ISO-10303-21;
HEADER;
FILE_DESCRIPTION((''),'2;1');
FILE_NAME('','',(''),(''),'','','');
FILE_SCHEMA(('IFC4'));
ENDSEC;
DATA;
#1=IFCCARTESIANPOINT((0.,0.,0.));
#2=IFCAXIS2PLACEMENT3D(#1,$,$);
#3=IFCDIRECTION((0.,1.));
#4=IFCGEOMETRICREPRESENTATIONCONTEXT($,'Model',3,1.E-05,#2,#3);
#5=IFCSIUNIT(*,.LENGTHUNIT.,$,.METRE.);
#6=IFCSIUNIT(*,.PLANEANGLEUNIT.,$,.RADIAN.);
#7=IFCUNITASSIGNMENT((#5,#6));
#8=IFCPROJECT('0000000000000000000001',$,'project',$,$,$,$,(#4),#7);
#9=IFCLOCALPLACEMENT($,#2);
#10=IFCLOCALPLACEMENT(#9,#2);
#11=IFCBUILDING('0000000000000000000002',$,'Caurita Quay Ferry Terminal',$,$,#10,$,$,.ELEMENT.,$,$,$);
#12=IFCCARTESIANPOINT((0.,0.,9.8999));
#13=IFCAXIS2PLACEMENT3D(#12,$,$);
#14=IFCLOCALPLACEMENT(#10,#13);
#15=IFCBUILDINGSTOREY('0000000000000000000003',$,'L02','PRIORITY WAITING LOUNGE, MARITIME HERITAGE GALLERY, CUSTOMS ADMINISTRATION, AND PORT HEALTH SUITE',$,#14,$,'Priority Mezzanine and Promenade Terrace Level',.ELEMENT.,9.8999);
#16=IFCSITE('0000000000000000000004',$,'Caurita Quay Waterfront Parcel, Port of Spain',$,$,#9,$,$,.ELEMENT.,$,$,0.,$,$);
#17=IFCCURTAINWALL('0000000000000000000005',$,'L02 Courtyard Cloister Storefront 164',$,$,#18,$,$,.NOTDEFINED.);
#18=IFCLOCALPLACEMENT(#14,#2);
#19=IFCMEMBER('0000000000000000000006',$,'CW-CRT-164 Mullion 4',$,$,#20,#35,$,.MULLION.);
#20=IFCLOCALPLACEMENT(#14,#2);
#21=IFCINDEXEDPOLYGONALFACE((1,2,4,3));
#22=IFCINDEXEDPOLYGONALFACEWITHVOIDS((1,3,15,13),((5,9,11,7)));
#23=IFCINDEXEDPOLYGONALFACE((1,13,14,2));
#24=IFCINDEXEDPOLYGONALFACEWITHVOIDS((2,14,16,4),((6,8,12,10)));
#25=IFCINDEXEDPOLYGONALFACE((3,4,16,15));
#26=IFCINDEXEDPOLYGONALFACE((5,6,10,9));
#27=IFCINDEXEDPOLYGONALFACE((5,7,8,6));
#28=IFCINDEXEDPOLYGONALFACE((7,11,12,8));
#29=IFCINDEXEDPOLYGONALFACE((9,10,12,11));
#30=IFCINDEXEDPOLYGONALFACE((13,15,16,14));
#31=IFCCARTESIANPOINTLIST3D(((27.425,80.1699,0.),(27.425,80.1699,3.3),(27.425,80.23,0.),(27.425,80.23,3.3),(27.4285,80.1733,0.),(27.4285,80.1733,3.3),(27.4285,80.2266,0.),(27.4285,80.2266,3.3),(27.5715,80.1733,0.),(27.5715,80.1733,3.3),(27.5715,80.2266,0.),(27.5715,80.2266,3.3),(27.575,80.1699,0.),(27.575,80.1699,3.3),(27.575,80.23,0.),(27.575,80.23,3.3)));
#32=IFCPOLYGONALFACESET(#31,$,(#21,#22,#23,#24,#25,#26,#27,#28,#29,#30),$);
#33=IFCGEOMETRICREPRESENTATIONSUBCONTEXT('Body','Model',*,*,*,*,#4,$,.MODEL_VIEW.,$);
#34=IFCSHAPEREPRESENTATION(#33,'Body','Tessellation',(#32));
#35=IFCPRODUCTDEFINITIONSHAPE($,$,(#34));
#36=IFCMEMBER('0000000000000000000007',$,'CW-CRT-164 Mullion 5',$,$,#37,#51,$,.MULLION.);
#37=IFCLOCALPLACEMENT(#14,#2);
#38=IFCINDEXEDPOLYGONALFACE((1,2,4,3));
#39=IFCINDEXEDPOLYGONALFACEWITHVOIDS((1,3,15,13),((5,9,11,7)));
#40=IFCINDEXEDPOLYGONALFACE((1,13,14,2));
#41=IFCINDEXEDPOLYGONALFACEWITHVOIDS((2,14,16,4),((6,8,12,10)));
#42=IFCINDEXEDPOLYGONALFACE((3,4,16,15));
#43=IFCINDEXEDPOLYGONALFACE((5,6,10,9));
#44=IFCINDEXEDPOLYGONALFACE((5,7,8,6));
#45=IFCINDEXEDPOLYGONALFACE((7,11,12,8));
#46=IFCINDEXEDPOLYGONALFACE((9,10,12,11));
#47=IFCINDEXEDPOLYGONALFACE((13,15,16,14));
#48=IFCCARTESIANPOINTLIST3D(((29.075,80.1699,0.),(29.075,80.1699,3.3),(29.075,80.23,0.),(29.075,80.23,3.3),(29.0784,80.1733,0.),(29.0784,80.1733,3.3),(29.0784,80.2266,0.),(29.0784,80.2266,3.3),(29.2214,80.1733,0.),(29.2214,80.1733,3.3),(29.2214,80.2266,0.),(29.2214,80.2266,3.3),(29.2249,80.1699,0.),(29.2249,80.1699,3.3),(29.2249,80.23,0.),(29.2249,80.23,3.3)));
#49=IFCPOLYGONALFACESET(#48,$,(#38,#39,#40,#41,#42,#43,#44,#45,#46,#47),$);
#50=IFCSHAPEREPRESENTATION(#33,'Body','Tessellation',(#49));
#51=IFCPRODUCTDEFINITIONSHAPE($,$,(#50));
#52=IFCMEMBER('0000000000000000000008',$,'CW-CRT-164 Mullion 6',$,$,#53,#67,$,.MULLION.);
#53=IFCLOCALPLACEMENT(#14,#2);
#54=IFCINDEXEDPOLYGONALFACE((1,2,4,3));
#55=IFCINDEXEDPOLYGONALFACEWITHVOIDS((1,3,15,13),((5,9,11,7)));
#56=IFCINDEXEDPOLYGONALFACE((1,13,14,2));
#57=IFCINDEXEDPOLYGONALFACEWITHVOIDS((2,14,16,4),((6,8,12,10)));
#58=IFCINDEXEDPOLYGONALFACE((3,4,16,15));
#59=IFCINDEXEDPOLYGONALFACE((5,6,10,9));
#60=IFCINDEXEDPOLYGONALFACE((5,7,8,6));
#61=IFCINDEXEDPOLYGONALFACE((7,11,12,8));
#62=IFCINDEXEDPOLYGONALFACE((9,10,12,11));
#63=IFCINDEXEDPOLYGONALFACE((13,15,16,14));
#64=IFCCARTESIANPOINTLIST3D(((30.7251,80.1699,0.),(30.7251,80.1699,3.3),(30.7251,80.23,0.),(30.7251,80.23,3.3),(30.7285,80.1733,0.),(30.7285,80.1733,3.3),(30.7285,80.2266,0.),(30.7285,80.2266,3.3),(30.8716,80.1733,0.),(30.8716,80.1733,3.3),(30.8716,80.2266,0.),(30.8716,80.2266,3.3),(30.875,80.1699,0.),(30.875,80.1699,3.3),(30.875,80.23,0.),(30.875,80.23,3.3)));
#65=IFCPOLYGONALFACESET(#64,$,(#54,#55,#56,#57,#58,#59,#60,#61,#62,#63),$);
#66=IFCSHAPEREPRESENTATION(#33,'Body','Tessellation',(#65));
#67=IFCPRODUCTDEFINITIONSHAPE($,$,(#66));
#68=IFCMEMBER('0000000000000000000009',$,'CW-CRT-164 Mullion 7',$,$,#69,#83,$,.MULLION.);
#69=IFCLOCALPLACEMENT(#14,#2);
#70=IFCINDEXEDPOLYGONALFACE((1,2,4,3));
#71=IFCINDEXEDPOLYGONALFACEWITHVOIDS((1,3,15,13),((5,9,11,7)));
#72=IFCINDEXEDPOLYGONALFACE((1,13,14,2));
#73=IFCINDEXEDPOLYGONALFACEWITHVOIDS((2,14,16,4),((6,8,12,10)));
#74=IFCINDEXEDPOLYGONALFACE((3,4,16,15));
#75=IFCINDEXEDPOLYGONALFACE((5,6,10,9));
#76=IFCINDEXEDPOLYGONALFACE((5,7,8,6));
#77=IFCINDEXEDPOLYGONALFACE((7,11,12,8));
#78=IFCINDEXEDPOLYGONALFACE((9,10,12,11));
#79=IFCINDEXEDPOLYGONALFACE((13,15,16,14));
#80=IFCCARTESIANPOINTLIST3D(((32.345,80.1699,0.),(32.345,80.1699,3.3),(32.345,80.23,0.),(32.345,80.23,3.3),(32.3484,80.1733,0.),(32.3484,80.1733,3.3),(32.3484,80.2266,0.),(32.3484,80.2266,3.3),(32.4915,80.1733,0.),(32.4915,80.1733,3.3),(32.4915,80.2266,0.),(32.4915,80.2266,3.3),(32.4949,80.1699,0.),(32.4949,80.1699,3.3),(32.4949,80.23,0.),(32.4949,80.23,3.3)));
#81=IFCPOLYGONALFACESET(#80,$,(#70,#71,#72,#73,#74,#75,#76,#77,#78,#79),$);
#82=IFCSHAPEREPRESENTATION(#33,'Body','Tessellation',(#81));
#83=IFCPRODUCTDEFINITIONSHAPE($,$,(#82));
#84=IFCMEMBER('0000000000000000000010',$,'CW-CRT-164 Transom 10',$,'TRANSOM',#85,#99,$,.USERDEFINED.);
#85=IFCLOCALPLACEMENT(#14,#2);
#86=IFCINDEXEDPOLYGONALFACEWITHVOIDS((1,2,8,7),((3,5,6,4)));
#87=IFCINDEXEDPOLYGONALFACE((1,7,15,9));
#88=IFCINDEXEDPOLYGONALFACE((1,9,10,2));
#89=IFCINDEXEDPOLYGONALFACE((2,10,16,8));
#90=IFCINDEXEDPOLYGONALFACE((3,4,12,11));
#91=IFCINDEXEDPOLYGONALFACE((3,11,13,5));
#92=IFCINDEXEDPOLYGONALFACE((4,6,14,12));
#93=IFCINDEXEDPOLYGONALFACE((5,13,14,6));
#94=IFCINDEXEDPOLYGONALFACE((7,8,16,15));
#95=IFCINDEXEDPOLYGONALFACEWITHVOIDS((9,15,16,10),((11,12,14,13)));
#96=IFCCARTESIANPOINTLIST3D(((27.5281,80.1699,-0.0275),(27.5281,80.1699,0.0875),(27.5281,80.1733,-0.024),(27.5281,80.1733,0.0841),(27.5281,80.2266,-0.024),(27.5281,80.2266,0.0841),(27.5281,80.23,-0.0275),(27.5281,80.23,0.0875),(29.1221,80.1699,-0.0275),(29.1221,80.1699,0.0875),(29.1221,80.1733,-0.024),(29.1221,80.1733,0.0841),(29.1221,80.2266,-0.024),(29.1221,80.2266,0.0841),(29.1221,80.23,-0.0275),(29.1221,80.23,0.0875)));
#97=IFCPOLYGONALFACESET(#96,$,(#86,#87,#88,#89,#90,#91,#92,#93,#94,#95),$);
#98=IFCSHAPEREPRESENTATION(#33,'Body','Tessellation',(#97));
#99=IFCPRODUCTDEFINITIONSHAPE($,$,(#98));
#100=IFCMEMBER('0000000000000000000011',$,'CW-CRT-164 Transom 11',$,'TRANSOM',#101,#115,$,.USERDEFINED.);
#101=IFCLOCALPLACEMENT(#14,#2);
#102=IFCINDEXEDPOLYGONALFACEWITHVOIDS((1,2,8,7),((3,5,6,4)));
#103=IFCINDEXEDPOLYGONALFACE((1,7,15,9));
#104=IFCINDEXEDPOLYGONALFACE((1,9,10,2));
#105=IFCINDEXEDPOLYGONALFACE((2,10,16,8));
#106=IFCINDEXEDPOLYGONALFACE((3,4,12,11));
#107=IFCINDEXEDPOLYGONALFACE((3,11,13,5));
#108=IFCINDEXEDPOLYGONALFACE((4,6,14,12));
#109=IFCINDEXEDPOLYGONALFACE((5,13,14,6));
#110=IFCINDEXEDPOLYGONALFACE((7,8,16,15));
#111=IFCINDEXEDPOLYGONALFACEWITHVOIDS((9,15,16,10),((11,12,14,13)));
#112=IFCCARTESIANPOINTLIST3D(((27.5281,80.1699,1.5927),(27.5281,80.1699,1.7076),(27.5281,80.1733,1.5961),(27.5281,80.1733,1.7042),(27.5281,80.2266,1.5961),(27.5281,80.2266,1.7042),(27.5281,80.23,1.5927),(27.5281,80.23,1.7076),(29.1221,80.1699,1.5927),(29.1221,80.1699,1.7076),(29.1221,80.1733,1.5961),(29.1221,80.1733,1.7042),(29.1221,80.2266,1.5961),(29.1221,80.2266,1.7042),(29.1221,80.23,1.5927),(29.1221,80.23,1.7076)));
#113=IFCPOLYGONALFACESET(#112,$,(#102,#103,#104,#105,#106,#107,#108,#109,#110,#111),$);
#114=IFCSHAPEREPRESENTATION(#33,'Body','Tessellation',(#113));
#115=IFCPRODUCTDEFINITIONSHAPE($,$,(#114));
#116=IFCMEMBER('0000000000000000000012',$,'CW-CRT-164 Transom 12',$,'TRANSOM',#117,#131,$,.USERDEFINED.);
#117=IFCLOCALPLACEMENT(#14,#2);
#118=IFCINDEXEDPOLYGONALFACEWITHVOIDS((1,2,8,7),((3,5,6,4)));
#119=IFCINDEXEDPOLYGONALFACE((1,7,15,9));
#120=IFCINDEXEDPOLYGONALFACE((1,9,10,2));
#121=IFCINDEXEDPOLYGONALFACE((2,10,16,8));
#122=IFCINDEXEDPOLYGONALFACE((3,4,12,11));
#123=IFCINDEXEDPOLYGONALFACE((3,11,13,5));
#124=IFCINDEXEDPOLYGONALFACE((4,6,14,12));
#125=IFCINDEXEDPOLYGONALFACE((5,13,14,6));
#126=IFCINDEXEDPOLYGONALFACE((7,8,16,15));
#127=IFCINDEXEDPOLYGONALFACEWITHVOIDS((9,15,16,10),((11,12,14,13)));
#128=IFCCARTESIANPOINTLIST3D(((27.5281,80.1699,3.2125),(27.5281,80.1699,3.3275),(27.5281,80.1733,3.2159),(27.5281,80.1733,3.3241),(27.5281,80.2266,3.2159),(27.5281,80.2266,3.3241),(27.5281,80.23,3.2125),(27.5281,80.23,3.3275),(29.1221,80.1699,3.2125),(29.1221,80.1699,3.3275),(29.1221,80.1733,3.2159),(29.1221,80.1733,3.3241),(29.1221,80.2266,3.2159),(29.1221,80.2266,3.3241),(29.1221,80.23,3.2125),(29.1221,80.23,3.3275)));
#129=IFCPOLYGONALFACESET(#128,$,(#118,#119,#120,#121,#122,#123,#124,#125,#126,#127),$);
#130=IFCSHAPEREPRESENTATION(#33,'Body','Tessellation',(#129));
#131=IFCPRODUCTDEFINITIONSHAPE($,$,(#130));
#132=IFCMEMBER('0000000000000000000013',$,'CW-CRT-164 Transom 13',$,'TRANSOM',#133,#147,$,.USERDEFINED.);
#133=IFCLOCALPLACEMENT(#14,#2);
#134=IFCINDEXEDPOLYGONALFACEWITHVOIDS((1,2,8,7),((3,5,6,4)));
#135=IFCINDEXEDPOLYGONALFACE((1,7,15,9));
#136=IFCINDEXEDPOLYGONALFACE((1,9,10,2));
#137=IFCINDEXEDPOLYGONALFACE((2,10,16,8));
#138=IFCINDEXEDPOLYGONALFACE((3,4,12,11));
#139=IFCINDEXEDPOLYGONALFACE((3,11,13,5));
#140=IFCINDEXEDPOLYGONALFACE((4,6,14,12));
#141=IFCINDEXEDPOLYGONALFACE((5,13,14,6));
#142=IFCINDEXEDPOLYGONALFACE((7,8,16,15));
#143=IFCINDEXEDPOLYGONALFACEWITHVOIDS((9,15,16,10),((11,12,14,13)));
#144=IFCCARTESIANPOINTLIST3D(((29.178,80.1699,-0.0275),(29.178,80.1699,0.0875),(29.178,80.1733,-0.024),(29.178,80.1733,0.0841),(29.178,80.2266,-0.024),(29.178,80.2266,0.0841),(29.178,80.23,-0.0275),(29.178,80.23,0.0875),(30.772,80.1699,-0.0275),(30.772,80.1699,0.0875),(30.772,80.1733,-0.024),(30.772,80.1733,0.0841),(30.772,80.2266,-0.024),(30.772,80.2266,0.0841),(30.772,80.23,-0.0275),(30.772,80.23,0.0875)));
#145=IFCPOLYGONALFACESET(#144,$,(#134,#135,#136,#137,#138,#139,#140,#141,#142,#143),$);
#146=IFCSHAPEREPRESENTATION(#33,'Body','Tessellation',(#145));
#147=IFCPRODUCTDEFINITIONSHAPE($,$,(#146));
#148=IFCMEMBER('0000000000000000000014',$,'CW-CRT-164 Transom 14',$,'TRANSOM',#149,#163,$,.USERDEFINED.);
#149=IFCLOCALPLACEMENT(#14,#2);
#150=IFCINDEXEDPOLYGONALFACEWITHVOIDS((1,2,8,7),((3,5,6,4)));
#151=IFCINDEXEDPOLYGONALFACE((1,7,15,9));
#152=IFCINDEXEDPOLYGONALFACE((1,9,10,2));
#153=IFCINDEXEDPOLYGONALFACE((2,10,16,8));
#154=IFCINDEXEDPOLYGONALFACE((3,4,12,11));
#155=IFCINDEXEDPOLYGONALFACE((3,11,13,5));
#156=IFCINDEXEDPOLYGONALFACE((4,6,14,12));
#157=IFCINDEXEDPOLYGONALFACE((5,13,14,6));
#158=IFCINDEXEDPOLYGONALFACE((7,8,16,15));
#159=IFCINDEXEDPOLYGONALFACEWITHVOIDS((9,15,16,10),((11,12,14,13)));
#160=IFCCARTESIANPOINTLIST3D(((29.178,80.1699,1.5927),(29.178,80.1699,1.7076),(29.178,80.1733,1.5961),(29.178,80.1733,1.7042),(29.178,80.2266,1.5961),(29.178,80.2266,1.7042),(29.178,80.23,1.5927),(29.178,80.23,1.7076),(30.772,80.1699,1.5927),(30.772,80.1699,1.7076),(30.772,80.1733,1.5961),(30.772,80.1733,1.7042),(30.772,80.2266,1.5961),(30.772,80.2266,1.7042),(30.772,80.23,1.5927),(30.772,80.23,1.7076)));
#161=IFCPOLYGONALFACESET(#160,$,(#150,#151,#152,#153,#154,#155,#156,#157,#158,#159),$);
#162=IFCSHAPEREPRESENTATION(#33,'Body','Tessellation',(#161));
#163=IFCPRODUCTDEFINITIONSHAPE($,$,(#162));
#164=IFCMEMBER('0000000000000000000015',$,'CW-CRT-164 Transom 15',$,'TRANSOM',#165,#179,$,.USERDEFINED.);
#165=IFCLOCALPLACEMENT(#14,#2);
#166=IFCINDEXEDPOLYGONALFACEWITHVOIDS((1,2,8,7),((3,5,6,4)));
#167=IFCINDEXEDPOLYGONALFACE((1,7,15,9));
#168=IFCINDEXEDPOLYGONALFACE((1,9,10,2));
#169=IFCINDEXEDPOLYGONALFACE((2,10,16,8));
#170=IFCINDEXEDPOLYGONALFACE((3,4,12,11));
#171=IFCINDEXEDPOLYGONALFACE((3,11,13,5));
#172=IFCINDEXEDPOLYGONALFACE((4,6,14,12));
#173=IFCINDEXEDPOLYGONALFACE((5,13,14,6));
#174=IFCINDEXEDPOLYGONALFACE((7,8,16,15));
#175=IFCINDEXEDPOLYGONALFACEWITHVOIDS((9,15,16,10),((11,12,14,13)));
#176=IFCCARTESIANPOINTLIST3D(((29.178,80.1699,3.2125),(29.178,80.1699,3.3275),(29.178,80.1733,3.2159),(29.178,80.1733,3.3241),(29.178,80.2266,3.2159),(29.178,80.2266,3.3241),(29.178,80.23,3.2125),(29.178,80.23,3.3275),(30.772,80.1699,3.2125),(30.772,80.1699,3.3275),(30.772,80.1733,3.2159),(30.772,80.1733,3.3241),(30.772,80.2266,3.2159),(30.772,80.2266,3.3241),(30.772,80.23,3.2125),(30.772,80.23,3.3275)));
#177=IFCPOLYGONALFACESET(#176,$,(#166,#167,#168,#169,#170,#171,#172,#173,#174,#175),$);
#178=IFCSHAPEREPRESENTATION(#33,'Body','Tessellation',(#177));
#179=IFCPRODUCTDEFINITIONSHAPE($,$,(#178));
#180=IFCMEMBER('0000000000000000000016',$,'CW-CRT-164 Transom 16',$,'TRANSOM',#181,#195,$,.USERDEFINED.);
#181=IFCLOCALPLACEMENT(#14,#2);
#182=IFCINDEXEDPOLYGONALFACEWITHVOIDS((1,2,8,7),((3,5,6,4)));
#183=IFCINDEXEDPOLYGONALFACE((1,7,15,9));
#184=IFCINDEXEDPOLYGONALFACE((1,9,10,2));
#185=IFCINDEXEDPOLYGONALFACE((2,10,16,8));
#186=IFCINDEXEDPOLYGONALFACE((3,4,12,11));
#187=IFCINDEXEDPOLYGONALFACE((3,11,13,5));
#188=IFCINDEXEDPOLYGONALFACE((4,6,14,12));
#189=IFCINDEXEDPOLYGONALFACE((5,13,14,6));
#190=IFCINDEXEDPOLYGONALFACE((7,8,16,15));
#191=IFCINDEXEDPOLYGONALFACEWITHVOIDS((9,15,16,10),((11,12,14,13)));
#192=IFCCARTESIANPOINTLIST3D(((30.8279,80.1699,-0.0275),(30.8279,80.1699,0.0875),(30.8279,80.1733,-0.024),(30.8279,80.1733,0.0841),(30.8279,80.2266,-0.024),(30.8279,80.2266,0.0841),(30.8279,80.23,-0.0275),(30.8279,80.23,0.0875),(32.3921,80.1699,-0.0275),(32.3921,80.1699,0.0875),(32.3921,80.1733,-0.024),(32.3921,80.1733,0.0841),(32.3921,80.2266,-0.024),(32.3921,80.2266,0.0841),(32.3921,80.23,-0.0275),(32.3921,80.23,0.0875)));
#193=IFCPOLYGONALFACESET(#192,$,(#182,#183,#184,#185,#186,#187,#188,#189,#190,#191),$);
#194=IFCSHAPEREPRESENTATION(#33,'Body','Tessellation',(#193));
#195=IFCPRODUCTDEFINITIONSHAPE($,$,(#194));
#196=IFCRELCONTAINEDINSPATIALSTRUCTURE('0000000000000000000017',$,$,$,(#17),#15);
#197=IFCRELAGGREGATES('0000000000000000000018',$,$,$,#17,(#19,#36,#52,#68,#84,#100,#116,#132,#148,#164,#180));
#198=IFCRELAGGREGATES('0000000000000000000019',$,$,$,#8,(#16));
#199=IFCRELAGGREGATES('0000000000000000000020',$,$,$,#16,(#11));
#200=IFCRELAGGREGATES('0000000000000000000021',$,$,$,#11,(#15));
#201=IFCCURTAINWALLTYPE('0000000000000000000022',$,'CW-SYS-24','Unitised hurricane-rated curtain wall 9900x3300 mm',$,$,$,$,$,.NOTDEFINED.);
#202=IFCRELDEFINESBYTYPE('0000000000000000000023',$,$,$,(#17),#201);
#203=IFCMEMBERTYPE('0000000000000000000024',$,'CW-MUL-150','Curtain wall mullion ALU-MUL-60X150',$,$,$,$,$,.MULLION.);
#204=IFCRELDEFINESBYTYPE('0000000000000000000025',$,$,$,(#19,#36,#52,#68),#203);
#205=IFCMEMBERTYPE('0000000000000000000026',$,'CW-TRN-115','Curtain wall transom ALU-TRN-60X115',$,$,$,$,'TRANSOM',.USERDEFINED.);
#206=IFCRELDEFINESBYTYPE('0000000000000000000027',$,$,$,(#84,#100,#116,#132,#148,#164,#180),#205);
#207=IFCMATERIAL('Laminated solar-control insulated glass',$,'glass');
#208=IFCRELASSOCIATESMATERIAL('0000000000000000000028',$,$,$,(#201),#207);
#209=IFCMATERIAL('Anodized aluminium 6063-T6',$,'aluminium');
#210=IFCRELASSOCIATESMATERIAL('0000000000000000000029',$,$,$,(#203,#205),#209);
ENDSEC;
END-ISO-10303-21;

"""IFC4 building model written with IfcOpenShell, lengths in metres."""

from ifc_helpers import new_model, si_unit, direction, frame, origin, origin_2d, place, context, subcontext, project, spatial, hollow_rectangle, extrude, material, material_profile, profile_set, type_object, element, aggregate, save


model = new_model("IFC4")

# Units and contexts
model_context = context("Model", 3, precision=1e-05, world=origin(), true_north=direction((0.0, 1.0)))
body_context = subcontext(model_context, "Body", "Model", "MODEL_VIEW")
ifc_project = project(units=[si_unit("LENGTHUNIT", "METRE"), si_unit("PLANEANGLEUNIT", "RADIAN")], contexts=[model_context])

# Site, building, storey
site_placement = place(None, origin())
site = spatial("IfcSite", under=ifc_project, at=site_placement, Name="Caurita Quay Waterfront Parcel, Port of Spain", CompositionType="ELEMENT", RefElevation=0.0)
building_placement = place(site_placement, origin())
building = spatial("IfcBuilding", under=site, at=building_placement, Name="Caurita Quay Ferry Terminal", CompositionType="ELEMENT")
storey_placement = place(building_placement, frame((0.0, 0.0, 9.8999)))
storey = spatial("IfcBuildingStorey", under=building, at=storey_placement, Name="L02", Description="PRIORITY WAITING LOUNGE, MARITIME HERITAGE GALLERY, CUSTOMS ADMINISTRATION, AND PORT HEALTH SUITE", LongName="Priority Mezzanine and Promenade Terrace Level", CompositionType="ELEMENT", Elevation=9.8999)

# Curtain wall, members
ifc_material_1 = material(Name="Laminated solar-control insulated glass", Category="glass")
curtain_wall_type = type_object("IfcCurtainWallType", Name="CW-SYS-24", Description="Unitised hurricane-rated curtain wall 9900x3300 mm", PredefinedType="NOTDEFINED", material=ifc_material_1)
curtain_wall_placement = place(storey_placement, origin())
curtain_wall = element("IfcCurtainWall", 1, at=curtain_wall_placement, inside=storey, type_object=curtain_wall_type, Name="L02 Courtyard Cloister Storefront 164", PredefinedType="NOTDEFINED")
ifc_material_2 = material(Name="Anodized aluminium 6063-T6", Category="aluminium")
ifc_material_profile_1 = material_profile(ifc_material_2, hollow_rectangle(XDim=0.0601, YDim=0.1499, WallThickness=0.0034, at=origin_2d()), Name="ALU-MUL-60X150")
ifc_profile_set_1 = profile_set([ifc_material_profile_1], Name="Anodized aluminium 6063-T6")
member_type_1 = type_object("IfcMemberType", Name="CW-MUL-150", Description="Curtain wall mullion ALU-MUL-60X150", PredefinedType="MULLION", material=ifc_profile_set_1)
member_1_placement = place(storey_placement, frame((27.5, 80.2, 0.0), z_axis=(0.0, 0.0, 1.0), x_axis=(0.0, 1.0, 0.0)))
member_1 = element("IfcMember", 2, at=member_1_placement, type_object=member_type_1, Name="CW-CRT-164 Mullion 4", PredefinedType="MULLION", context=body_context, shape_type="SweptSolid", body=[
    extrude(hollow_rectangle(XDim=0.0601, YDim=0.1499, WallThickness=0.0034, at=origin_2d()), origin(), (0.0, 0.0, 1.0), 3.3),
])
member_2_placement = place(storey_placement, frame((29.1499, 80.2, 0.0), z_axis=(0.0, 0.0, 1.0), x_axis=(0.0, 1.0, 0.0)))
member_2 = element("IfcMember", 3, at=member_2_placement, type_object=member_type_1, Name="CW-CRT-164 Mullion 5", PredefinedType="MULLION", context=body_context, shape_type="SweptSolid", body=[
    extrude(hollow_rectangle(XDim=0.0601, YDim=0.1499, WallThickness=0.0034, at=origin_2d()), origin(), (0.0, 0.0, 1.0), 3.3),
])
member_3_placement = place(storey_placement, frame((30.8, 80.2, 0.0), z_axis=(0.0, 0.0, 1.0), x_axis=(0.0, 1.0, 0.0)))
member_3 = element("IfcMember", 4, at=member_3_placement, type_object=member_type_1, Name="CW-CRT-164 Mullion 6", PredefinedType="MULLION", context=body_context, shape_type="SweptSolid", body=[
    extrude(hollow_rectangle(XDim=0.0601, YDim=0.1499, WallThickness=0.0034, at=origin_2d()), origin(), (0.0, 0.0, 1.0), 3.3),
])
member_4_placement = place(storey_placement, frame((32.4199, 80.2, 0.0), z_axis=(0.0, 0.0, 1.0), x_axis=(0.0, 1.0, 0.0)))
member_4 = element("IfcMember", 5, at=member_4_placement, type_object=member_type_1, Name="CW-CRT-164 Mullion 7", PredefinedType="MULLION", context=body_context, shape_type="SweptSolid", body=[
    extrude(hollow_rectangle(XDim=0.0601, YDim=0.1499, WallThickness=0.0034, at=origin_2d()), origin(), (0.0, 0.0, 1.0), 3.3),
])
ifc_material_profile_2 = material_profile(ifc_material_2, hollow_rectangle(XDim=0.0601, YDim=0.115, WallThickness=0.0034, at=origin_2d()), Name="ALU-TRN-60X115")
ifc_profile_set_2 = profile_set([ifc_material_profile_2], Name="Anodized aluminium 6063-T6")
member_type_2 = type_object("IfcMemberType", Name="CW-TRN-115", Description="Curtain wall transom ALU-TRN-60X115", ElementType="TRANSOM", PredefinedType="USERDEFINED", material=ifc_profile_set_2)
member_5_placement = place(storey_placement, frame((27.5281, 80.2, 0.03), z_axis=(1.0, 0.0, 0.0), x_axis=(0.0, 1.0, 0.0)))
member_5 = element("IfcMember", 6, at=member_5_placement, type_object=member_type_2, Name="CW-CRT-164 Transom 10", ObjectType="TRANSOM", PredefinedType="USERDEFINED", context=body_context, shape_type="SweptSolid", body=[
    extrude(hollow_rectangle(XDim=0.0601, YDim=0.115, WallThickness=0.0034, at=origin_2d()), origin(), (0.0, 0.0, 1.0), 1.594),
])
member_6_placement = place(storey_placement, frame((27.5281, 80.2, 1.6501), z_axis=(1.0, 0.0, 0.0), x_axis=(0.0, 1.0, 0.0)))
member_6 = element("IfcMember", 7, at=member_6_placement, type_object=member_type_2, Name="CW-CRT-164 Transom 11", ObjectType="TRANSOM", PredefinedType="USERDEFINED", context=body_context, shape_type="SweptSolid", body=[
    extrude(hollow_rectangle(XDim=0.0601, YDim=0.115, WallThickness=0.0034, at=origin_2d()), origin(), (0.0, 0.0, 1.0), 1.594),
])
member_7_placement = place(storey_placement, frame((27.5281, 80.2, 3.27), z_axis=(1.0, 0.0, 0.0), x_axis=(0.0, 1.0, 0.0)))
member_7 = element("IfcMember", 8, at=member_7_placement, type_object=member_type_2, Name="CW-CRT-164 Transom 12", ObjectType="TRANSOM", PredefinedType="USERDEFINED", context=body_context, shape_type="SweptSolid", body=[
    extrude(hollow_rectangle(XDim=0.0601, YDim=0.115, WallThickness=0.0034, at=origin_2d()), origin(), (0.0, 0.0, 1.0), 1.594),
])
member_8_placement = place(storey_placement, frame((29.178, 80.2, 0.03), z_axis=(1.0, 0.0, 0.0), x_axis=(0.0, 1.0, 0.0)))
member_8 = element("IfcMember", 9, at=member_8_placement, type_object=member_type_2, Name="CW-CRT-164 Transom 13", ObjectType="TRANSOM", PredefinedType="USERDEFINED", context=body_context, shape_type="SweptSolid", body=[
    extrude(hollow_rectangle(XDim=0.0601, YDim=0.115, WallThickness=0.0034, at=origin_2d()), origin(), (0.0, 0.0, 1.0), 1.594),
])
member_9_placement = place(storey_placement, frame((29.178, 80.2, 1.6501), z_axis=(1.0, 0.0, 0.0), x_axis=(0.0, 1.0, 0.0)))
member_9 = element("IfcMember", 10, at=member_9_placement, type_object=member_type_2, Name="CW-CRT-164 Transom 14", ObjectType="TRANSOM", PredefinedType="USERDEFINED", context=body_context, shape_type="SweptSolid", body=[
    extrude(hollow_rectangle(XDim=0.0601, YDim=0.115, WallThickness=0.0034, at=origin_2d()), origin(), (0.0, 0.0, 1.0), 1.594),
])
member_10_placement = place(storey_placement, frame((29.178, 80.2, 3.27), z_axis=(1.0, 0.0, 0.0), x_axis=(0.0, 1.0, 0.0)))
member_10 = element("IfcMember", 11, at=member_10_placement, type_object=member_type_2, Name="CW-CRT-164 Transom 15", ObjectType="TRANSOM", PredefinedType="USERDEFINED", context=body_context, shape_type="SweptSolid", body=[
    extrude(hollow_rectangle(XDim=0.0601, YDim=0.115, WallThickness=0.0034, at=origin_2d()), origin(), (0.0, 0.0, 1.0), 1.594),
])
member_11_placement = place(storey_placement, frame((30.8279, 80.2, 0.03), z_axis=(1.0, 0.0, 0.0), x_axis=(0.0, 1.0, 0.0)))
member_11 = element("IfcMember", 12, at=member_11_placement, type_object=member_type_2, Name="CW-CRT-164 Transom 16", ObjectType="TRANSOM", PredefinedType="USERDEFINED", context=body_context, shape_type="SweptSolid", body=[
    extrude(hollow_rectangle(XDim=0.0601, YDim=0.115, WallThickness=0.0034, at=origin_2d()), origin(), (0.0, 0.0, 1.0), 1.5642),
])
aggregate(curtain_wall, [member_1, member_2, member_3, member_4, member_5, member_6, member_7, member_8, member_9, member_10, member_11])

save(model, "model.ifc")
